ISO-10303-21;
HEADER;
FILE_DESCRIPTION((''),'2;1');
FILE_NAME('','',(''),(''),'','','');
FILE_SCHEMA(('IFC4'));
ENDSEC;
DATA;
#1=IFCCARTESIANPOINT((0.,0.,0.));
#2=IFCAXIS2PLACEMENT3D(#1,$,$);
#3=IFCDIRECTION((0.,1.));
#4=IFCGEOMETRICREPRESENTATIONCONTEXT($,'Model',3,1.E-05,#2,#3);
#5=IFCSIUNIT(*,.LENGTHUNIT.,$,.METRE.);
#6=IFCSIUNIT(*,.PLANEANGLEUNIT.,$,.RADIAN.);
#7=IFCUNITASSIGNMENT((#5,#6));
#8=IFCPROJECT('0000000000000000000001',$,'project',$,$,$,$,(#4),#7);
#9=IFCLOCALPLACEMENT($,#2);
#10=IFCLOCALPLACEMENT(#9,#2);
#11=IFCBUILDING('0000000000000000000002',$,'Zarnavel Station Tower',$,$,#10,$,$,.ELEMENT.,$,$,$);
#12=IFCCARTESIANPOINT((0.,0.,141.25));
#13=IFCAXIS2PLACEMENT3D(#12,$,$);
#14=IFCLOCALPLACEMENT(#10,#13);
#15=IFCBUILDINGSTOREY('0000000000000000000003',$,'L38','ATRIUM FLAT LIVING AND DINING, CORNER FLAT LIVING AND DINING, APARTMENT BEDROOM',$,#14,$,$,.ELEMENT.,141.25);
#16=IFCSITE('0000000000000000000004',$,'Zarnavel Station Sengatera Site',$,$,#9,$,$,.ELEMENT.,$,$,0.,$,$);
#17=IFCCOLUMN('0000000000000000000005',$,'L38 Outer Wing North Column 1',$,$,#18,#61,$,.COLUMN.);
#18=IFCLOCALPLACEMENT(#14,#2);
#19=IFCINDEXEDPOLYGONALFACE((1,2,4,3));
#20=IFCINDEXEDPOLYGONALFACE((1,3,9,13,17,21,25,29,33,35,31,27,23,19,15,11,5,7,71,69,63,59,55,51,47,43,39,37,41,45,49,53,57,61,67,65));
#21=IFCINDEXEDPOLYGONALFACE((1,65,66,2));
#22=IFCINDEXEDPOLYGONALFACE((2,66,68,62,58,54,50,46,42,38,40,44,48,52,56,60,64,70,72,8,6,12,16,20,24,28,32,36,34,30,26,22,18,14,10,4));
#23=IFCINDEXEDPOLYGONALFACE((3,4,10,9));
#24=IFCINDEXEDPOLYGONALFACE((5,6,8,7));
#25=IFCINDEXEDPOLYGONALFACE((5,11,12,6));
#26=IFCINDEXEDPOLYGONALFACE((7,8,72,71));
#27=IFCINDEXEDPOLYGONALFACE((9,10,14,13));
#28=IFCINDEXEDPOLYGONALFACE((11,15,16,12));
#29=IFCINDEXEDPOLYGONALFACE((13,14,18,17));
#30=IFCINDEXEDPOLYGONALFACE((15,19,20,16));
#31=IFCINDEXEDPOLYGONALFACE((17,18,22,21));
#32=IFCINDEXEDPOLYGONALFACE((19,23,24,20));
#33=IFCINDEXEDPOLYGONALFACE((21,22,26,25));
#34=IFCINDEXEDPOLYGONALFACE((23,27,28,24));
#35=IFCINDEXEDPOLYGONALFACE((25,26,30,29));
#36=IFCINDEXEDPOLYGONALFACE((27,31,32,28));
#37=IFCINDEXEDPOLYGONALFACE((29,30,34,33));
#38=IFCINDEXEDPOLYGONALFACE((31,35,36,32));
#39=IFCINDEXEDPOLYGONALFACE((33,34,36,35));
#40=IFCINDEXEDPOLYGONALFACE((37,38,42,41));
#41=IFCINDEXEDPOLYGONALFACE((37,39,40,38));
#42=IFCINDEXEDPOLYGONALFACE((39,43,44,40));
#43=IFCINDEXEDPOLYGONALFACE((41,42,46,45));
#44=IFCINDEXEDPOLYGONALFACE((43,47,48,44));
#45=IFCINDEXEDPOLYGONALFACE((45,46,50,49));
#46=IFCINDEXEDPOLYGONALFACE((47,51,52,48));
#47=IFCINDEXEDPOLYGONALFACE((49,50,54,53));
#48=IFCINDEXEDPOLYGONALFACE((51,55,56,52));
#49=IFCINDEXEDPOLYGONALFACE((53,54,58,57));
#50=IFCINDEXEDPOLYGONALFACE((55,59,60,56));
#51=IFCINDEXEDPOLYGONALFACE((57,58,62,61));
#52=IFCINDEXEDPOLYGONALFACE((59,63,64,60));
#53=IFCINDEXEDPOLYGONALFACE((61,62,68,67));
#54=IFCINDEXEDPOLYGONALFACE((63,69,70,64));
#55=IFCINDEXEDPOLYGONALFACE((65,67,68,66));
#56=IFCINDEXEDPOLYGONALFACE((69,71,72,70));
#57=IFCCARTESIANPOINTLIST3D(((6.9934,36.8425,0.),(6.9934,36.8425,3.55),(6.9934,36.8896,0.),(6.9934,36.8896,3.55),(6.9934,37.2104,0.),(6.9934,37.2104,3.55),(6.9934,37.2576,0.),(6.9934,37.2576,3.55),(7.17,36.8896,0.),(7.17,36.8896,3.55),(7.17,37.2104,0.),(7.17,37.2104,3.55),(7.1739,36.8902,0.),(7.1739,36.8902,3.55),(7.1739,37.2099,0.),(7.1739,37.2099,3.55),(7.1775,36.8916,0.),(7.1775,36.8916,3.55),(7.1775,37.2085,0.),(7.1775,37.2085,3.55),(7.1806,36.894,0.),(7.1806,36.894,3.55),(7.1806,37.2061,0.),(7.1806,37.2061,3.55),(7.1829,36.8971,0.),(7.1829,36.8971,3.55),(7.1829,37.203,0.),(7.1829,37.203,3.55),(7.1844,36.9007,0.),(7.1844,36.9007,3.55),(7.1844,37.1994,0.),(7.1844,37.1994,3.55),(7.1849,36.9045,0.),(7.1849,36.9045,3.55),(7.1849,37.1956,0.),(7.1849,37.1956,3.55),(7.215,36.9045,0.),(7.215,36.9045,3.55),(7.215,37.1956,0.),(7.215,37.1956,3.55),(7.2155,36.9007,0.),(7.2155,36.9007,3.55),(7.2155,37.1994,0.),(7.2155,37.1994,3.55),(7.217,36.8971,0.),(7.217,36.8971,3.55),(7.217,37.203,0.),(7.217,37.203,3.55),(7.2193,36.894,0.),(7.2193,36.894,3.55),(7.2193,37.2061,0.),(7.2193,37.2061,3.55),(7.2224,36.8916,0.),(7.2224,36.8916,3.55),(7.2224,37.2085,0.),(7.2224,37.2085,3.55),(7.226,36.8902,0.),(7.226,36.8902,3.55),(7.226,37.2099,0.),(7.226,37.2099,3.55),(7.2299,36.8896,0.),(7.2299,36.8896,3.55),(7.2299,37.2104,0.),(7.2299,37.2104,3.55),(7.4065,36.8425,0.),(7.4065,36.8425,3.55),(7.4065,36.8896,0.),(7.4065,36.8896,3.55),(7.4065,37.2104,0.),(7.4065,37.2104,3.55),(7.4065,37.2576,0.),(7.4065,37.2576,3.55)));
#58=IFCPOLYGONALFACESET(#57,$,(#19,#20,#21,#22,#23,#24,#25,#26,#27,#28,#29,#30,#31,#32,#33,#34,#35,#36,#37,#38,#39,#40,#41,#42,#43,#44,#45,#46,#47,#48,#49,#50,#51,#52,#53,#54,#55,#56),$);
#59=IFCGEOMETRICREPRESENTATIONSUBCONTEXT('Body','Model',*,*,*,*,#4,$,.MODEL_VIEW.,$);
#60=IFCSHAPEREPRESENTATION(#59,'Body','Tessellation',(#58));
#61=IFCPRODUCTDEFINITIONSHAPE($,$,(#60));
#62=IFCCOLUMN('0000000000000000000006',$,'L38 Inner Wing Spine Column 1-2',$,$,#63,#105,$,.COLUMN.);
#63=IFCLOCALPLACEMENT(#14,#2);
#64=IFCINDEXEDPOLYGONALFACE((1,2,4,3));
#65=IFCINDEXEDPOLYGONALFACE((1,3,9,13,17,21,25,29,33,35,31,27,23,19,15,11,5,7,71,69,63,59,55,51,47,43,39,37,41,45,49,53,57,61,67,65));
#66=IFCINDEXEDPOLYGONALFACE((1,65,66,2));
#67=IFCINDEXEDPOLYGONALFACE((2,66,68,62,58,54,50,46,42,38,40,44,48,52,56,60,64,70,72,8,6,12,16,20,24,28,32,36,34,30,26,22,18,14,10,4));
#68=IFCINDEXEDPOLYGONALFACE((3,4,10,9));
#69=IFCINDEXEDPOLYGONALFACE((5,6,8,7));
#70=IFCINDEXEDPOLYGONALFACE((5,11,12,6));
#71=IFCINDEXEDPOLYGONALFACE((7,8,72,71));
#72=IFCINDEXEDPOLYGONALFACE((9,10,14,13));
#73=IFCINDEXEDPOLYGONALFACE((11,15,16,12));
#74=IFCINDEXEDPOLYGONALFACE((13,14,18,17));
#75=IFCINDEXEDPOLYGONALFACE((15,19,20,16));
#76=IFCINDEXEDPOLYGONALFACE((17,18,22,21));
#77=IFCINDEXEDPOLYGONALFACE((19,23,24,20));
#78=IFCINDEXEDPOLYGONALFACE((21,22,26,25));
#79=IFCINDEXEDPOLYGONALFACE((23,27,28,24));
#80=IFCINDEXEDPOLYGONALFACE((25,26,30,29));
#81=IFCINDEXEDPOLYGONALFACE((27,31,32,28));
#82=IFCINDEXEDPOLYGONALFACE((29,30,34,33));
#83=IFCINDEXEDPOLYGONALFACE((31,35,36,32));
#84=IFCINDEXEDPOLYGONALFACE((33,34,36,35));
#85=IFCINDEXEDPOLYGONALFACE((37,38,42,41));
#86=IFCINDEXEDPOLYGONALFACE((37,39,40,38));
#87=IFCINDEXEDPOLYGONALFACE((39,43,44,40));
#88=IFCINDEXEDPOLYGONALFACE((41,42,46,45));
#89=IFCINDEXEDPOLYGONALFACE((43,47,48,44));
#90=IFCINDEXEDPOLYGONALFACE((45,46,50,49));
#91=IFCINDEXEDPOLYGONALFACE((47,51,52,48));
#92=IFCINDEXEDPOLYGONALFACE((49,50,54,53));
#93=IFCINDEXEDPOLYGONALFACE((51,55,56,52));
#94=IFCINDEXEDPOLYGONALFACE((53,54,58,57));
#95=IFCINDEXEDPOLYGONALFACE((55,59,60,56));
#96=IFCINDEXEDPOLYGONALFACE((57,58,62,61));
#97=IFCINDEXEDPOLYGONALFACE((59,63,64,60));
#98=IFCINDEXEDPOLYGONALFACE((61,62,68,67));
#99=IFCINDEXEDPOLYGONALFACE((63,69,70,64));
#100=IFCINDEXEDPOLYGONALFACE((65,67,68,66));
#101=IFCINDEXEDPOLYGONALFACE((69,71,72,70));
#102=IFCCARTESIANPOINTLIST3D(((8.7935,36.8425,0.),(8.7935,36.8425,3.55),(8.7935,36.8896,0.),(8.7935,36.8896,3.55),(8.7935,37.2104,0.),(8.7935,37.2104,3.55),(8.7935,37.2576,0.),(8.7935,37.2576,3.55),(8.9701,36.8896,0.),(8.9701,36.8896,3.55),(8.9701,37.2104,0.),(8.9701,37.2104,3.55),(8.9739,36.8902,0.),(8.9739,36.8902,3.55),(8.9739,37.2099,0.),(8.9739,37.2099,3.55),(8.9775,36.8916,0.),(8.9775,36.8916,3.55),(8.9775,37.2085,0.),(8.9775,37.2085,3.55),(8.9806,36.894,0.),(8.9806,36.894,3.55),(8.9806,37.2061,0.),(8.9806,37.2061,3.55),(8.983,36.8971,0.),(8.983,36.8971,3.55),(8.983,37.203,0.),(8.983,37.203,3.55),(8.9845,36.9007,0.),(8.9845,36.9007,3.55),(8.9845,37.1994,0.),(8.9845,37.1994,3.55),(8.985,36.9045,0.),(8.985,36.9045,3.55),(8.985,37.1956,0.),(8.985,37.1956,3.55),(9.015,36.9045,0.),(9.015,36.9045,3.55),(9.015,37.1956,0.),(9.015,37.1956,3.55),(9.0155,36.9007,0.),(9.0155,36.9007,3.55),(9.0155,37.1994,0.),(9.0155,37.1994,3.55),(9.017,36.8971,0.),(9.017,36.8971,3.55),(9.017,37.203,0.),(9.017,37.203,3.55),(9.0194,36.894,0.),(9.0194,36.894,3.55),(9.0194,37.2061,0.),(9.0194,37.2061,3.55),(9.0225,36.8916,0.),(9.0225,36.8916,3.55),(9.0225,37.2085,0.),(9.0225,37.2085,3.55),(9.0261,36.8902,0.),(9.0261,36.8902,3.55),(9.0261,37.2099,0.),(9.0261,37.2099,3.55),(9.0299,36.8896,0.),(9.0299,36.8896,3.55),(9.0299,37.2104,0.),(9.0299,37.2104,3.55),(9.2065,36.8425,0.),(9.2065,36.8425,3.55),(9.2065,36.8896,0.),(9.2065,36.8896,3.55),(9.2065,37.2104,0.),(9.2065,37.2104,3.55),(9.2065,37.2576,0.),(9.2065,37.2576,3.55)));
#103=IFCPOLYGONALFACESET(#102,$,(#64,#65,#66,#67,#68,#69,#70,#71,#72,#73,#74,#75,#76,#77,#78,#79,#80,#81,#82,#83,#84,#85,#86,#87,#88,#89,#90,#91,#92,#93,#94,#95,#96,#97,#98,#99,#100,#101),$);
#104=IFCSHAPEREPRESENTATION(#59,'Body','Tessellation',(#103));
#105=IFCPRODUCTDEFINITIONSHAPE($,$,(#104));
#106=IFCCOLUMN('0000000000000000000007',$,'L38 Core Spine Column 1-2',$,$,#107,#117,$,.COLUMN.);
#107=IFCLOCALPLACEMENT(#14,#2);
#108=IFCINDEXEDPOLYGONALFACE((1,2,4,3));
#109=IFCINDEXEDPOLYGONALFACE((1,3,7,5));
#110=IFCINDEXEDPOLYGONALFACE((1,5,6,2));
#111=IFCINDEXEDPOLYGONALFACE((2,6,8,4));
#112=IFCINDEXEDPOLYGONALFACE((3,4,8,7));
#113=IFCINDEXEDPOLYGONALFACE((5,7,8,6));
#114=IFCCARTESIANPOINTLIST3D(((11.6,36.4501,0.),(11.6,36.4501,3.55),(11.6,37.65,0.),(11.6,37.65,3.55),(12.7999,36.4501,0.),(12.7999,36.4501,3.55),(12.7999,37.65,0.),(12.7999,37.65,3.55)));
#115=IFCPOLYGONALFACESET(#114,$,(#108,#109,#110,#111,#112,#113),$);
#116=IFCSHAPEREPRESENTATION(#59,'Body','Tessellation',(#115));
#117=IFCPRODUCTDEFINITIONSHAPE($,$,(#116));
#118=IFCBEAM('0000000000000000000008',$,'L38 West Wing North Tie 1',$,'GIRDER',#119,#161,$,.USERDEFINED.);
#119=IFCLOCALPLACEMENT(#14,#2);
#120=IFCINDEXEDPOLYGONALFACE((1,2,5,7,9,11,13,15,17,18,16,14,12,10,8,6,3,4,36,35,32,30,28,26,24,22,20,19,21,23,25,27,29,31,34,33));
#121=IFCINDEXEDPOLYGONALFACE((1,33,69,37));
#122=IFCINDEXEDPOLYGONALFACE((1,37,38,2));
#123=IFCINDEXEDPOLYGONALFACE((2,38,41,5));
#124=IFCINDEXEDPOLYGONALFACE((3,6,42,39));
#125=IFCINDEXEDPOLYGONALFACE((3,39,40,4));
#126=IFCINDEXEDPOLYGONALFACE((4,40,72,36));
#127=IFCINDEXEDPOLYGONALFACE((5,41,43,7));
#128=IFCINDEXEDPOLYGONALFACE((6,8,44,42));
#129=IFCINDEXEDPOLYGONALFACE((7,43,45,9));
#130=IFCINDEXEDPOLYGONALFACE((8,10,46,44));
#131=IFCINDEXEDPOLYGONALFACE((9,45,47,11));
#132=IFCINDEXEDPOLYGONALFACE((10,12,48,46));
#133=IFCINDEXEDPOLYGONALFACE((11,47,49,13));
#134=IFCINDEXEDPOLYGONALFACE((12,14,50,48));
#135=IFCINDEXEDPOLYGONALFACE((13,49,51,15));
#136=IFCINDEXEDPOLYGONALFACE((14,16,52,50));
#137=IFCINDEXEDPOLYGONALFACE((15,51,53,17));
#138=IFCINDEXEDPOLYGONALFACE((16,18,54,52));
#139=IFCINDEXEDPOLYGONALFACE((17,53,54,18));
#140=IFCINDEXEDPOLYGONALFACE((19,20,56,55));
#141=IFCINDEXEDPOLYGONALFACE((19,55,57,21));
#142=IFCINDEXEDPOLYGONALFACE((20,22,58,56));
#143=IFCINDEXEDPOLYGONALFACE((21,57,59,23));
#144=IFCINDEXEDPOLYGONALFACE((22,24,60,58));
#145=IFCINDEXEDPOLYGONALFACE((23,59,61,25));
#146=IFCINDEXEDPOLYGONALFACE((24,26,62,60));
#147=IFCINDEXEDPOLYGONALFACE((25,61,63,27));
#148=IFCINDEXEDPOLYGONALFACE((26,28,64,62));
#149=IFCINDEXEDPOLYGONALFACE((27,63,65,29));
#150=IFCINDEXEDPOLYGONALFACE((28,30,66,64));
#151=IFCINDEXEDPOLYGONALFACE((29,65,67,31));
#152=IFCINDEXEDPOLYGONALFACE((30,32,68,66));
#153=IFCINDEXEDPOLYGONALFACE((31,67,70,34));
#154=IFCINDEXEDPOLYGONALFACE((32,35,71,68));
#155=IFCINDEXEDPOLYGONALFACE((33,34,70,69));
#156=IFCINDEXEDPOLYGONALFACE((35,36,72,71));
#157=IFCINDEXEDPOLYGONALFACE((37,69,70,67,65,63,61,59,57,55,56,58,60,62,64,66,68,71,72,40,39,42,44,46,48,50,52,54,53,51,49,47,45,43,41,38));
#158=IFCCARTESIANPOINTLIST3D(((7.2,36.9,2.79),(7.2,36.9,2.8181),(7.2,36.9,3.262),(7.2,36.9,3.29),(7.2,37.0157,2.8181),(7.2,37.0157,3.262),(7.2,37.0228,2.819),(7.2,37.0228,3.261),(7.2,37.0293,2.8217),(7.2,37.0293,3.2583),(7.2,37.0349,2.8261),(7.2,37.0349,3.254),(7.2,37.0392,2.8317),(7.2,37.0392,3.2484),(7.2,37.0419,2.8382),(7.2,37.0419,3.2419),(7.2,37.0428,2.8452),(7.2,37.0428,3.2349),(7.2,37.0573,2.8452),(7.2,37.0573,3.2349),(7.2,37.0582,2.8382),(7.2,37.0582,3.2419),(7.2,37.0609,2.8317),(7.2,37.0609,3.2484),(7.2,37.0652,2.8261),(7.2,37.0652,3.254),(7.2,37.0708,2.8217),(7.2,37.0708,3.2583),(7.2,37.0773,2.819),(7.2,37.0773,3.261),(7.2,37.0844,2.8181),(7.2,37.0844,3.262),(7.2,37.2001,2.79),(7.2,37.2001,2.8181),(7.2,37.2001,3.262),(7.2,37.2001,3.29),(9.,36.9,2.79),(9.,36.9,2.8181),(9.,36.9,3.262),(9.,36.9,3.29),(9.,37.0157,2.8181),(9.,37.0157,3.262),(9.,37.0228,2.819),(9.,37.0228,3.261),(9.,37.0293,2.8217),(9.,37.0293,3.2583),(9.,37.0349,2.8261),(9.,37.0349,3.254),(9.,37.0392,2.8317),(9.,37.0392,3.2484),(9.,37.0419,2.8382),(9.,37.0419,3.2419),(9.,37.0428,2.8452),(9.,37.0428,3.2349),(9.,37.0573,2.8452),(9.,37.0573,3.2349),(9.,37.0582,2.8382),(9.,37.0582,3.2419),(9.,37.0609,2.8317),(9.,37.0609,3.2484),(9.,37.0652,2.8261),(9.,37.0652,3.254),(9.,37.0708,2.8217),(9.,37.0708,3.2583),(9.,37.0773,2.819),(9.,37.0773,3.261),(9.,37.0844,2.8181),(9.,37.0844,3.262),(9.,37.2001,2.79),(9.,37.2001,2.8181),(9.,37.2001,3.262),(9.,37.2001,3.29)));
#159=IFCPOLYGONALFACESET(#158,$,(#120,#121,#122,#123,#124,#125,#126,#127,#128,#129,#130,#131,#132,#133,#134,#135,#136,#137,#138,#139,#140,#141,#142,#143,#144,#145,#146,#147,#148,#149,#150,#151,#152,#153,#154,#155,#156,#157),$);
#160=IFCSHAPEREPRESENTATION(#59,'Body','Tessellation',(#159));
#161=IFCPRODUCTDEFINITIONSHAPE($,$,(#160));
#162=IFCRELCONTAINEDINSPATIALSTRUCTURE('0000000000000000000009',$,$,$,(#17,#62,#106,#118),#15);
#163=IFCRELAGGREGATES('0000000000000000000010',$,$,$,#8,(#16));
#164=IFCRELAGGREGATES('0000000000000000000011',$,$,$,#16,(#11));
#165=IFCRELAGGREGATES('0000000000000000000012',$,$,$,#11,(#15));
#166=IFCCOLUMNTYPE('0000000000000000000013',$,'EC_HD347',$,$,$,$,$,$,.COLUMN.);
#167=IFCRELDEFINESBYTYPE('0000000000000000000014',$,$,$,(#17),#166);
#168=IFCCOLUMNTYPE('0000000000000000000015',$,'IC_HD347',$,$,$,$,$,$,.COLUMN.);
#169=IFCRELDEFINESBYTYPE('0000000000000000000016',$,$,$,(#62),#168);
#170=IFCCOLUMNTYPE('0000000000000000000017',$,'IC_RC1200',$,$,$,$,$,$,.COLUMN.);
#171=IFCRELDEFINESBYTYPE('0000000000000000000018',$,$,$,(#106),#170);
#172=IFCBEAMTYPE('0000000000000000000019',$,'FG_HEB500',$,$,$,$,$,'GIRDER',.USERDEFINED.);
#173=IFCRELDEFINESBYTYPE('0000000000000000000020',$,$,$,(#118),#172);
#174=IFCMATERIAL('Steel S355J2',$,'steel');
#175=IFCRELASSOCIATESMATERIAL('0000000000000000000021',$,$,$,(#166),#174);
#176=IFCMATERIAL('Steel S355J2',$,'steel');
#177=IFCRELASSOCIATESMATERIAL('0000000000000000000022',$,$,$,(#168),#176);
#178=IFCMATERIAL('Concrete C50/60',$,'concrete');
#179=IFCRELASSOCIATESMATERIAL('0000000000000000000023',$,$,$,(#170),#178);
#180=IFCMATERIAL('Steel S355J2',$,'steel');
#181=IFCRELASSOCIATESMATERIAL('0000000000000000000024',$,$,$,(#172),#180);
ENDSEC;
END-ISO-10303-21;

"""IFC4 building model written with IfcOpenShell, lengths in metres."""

from ifc_helpers import new_model, si_unit, direction, frame, origin, origin_2d, place, context, subcontext, project, spatial, rectangle, i_section, extrude, material, material_profile, profile_set, type_object, element, save


model = new_model("IFC4")

# Units and contexts
model_context = context("Model", 3, precision=1e-05, world=origin(), true_north=direction((0.0, 1.0)))
body_context = subcontext(model_context, "Body", "Model", "MODEL_VIEW")
ifc_project = project(units=[si_unit("LENGTHUNIT", "METRE"), si_unit("PLANEANGLEUNIT", "RADIAN")], contexts=[model_context])

# Site, building, storey
site_placement = place(None, origin())
site = spatial("IfcSite", under=ifc_project, at=site_placement, Name="Zarnavel Station Sengatera Site", CompositionType="ELEMENT", RefElevation=0.0)
building_placement = place(site_placement, origin())
building = spatial("IfcBuilding", under=site, at=building_placement, Name="Zarnavel Station Tower", CompositionType="ELEMENT")
storey_placement = place(building_placement, frame((0.0, 0.0, 141.25)))
storey = spatial("IfcBuildingStorey", under=building, at=storey_placement, Name="L38", Description="ATRIUM FLAT LIVING AND DINING, CORNER FLAT LIVING AND DINING, APARTMENT BEDROOM", CompositionType="ELEMENT", Elevation=141.25)

# Columns
ifc_material_1 = material(Name="Steel S355J2", Category="steel")
ifc_material_profile_1 = material_profile(ifc_material_1, i_section(OverallWidth=0.4131, OverallDepth=0.415, WebThickness=0.03, FlangeThickness=0.0471, FilletRadius=0.0149, at=origin_2d()), Name="HD400x347")
ifc_profile_set_1 = profile_set([ifc_material_profile_1], Name="Steel S355J2")
column_type_1 = type_object("IfcColumnType", Name="EC_HD347", PredefinedType="COLUMN", material=ifc_profile_set_1)
column_1_placement = place(storey_placement, frame((7.2, 37.05, 0.0), z_axis=(0.0, 0.0, 1.0), x_axis=(1.0, 0.0, 0.0)))
element("IfcColumn", 1, at=column_1_placement, inside=storey, type_object=column_type_1, Name="L38 Outer Wing North Column 1", PredefinedType="COLUMN", context=body_context, shape_type="SweptSolid", body=[
    extrude(i_section(OverallWidth=0.4131, OverallDepth=0.415, WebThickness=0.03, FlangeThickness=0.0471, FilletRadius=0.0149, at=origin_2d()), origin(), (0.0, 0.0, 1.0), 3.55),
])
ifc_material_2 = material(Name="Steel S355J2", Category="steel")
ifc_material_profile_2 = material_profile(ifc_material_2, i_section(OverallWidth=0.4131, OverallDepth=0.415, WebThickness=0.03, FlangeThickness=0.0471, FilletRadius=0.0149, at=origin_2d()), Name="HD400x347")
ifc_profile_set_2 = profile_set([ifc_material_profile_2], Name="Steel S355J2")
column_type_2 = type_object("IfcColumnType", Name="IC_HD347", PredefinedType="COLUMN", material=ifc_profile_set_2)
column_2_placement = place(storey_placement, frame((9.0, 37.05, 0.0), z_axis=(0.0, 0.0, 1.0), x_axis=(1.0, 0.0, 0.0)))
element("IfcColumn", 2, at=column_2_placement, inside=storey, type_object=column_type_2, Name="L38 Inner Wing Spine Column 1-2", PredefinedType="COLUMN", context=body_context, shape_type="SweptSolid", body=[
    extrude(i_section(OverallWidth=0.4131, OverallDepth=0.415, WebThickness=0.03, FlangeThickness=0.0471, FilletRadius=0.0149, at=origin_2d()), origin(), (0.0, 0.0, 1.0), 3.55),
])
ifc_material_3 = material(Name="Concrete C50/60", Category="concrete")
ifc_material_profile_3 = material_profile(ifc_material_3, rectangle(XDim=1.2, YDim=1.2, at=origin_2d()), Name="RC1200x1200")
ifc_profile_set_3 = profile_set([ifc_material_profile_3], Name="Concrete C50/60")
column_type_3 = type_object("IfcColumnType", Name="IC_RC1200", PredefinedType="COLUMN", material=ifc_profile_set_3)
column_3_placement = place(storey_placement, frame((12.2, 37.05, 0.0), z_axis=(0.0, 0.0, 1.0), x_axis=(1.0, 0.0, 0.0)))
element("IfcColumn", 3, at=column_3_placement, inside=storey, type_object=column_type_3, Name="L38 Core Spine Column 1-2", PredefinedType="COLUMN", context=body_context, shape_type="SweptSolid", body=[
    extrude(rectangle(XDim=1.2, YDim=1.2, at=origin_2d()), origin(), (0.0, 0.0, 1.0), 3.55),
])

# Beam
ifc_material_4 = material(Name="Steel S355J2", Category="steel")
ifc_material_profile_4 = material_profile(ifc_material_4, i_section(OverallWidth=0.3, OverallDepth=0.5, WebThickness=0.0144, FlangeThickness=0.0281, FilletRadius=0.0271, at=origin_2d()), Name="HEB500")
ifc_profile_set_4 = profile_set([ifc_material_profile_4], Name="Steel S355J2")
beam_type = type_object("IfcBeamType", Name="FG_HEB500", ElementType="GIRDER", PredefinedType="USERDEFINED", material=ifc_profile_set_4)
beam_1_placement = place(storey_placement, frame((7.2, 37.05, 3.04), z_axis=(1.0, 0.0, 0.0), x_axis=(0.0, 1.0, 0.0)))
element("IfcBeam", 4, at=beam_1_placement, inside=storey, type_object=beam_type, Name="L38 West Wing North Tie 1", ObjectType="GIRDER", PredefinedType="USERDEFINED", context=body_context, shape_type="SweptSolid", body=[
    extrude(i_section(OverallWidth=0.3, OverallDepth=0.5, WebThickness=0.0144, FlangeThickness=0.0281, FilletRadius=0.0271, at=origin_2d()), origin(), (0.0, 0.0, 1.0), 1.8),
])

save(model, "model.ifc")
